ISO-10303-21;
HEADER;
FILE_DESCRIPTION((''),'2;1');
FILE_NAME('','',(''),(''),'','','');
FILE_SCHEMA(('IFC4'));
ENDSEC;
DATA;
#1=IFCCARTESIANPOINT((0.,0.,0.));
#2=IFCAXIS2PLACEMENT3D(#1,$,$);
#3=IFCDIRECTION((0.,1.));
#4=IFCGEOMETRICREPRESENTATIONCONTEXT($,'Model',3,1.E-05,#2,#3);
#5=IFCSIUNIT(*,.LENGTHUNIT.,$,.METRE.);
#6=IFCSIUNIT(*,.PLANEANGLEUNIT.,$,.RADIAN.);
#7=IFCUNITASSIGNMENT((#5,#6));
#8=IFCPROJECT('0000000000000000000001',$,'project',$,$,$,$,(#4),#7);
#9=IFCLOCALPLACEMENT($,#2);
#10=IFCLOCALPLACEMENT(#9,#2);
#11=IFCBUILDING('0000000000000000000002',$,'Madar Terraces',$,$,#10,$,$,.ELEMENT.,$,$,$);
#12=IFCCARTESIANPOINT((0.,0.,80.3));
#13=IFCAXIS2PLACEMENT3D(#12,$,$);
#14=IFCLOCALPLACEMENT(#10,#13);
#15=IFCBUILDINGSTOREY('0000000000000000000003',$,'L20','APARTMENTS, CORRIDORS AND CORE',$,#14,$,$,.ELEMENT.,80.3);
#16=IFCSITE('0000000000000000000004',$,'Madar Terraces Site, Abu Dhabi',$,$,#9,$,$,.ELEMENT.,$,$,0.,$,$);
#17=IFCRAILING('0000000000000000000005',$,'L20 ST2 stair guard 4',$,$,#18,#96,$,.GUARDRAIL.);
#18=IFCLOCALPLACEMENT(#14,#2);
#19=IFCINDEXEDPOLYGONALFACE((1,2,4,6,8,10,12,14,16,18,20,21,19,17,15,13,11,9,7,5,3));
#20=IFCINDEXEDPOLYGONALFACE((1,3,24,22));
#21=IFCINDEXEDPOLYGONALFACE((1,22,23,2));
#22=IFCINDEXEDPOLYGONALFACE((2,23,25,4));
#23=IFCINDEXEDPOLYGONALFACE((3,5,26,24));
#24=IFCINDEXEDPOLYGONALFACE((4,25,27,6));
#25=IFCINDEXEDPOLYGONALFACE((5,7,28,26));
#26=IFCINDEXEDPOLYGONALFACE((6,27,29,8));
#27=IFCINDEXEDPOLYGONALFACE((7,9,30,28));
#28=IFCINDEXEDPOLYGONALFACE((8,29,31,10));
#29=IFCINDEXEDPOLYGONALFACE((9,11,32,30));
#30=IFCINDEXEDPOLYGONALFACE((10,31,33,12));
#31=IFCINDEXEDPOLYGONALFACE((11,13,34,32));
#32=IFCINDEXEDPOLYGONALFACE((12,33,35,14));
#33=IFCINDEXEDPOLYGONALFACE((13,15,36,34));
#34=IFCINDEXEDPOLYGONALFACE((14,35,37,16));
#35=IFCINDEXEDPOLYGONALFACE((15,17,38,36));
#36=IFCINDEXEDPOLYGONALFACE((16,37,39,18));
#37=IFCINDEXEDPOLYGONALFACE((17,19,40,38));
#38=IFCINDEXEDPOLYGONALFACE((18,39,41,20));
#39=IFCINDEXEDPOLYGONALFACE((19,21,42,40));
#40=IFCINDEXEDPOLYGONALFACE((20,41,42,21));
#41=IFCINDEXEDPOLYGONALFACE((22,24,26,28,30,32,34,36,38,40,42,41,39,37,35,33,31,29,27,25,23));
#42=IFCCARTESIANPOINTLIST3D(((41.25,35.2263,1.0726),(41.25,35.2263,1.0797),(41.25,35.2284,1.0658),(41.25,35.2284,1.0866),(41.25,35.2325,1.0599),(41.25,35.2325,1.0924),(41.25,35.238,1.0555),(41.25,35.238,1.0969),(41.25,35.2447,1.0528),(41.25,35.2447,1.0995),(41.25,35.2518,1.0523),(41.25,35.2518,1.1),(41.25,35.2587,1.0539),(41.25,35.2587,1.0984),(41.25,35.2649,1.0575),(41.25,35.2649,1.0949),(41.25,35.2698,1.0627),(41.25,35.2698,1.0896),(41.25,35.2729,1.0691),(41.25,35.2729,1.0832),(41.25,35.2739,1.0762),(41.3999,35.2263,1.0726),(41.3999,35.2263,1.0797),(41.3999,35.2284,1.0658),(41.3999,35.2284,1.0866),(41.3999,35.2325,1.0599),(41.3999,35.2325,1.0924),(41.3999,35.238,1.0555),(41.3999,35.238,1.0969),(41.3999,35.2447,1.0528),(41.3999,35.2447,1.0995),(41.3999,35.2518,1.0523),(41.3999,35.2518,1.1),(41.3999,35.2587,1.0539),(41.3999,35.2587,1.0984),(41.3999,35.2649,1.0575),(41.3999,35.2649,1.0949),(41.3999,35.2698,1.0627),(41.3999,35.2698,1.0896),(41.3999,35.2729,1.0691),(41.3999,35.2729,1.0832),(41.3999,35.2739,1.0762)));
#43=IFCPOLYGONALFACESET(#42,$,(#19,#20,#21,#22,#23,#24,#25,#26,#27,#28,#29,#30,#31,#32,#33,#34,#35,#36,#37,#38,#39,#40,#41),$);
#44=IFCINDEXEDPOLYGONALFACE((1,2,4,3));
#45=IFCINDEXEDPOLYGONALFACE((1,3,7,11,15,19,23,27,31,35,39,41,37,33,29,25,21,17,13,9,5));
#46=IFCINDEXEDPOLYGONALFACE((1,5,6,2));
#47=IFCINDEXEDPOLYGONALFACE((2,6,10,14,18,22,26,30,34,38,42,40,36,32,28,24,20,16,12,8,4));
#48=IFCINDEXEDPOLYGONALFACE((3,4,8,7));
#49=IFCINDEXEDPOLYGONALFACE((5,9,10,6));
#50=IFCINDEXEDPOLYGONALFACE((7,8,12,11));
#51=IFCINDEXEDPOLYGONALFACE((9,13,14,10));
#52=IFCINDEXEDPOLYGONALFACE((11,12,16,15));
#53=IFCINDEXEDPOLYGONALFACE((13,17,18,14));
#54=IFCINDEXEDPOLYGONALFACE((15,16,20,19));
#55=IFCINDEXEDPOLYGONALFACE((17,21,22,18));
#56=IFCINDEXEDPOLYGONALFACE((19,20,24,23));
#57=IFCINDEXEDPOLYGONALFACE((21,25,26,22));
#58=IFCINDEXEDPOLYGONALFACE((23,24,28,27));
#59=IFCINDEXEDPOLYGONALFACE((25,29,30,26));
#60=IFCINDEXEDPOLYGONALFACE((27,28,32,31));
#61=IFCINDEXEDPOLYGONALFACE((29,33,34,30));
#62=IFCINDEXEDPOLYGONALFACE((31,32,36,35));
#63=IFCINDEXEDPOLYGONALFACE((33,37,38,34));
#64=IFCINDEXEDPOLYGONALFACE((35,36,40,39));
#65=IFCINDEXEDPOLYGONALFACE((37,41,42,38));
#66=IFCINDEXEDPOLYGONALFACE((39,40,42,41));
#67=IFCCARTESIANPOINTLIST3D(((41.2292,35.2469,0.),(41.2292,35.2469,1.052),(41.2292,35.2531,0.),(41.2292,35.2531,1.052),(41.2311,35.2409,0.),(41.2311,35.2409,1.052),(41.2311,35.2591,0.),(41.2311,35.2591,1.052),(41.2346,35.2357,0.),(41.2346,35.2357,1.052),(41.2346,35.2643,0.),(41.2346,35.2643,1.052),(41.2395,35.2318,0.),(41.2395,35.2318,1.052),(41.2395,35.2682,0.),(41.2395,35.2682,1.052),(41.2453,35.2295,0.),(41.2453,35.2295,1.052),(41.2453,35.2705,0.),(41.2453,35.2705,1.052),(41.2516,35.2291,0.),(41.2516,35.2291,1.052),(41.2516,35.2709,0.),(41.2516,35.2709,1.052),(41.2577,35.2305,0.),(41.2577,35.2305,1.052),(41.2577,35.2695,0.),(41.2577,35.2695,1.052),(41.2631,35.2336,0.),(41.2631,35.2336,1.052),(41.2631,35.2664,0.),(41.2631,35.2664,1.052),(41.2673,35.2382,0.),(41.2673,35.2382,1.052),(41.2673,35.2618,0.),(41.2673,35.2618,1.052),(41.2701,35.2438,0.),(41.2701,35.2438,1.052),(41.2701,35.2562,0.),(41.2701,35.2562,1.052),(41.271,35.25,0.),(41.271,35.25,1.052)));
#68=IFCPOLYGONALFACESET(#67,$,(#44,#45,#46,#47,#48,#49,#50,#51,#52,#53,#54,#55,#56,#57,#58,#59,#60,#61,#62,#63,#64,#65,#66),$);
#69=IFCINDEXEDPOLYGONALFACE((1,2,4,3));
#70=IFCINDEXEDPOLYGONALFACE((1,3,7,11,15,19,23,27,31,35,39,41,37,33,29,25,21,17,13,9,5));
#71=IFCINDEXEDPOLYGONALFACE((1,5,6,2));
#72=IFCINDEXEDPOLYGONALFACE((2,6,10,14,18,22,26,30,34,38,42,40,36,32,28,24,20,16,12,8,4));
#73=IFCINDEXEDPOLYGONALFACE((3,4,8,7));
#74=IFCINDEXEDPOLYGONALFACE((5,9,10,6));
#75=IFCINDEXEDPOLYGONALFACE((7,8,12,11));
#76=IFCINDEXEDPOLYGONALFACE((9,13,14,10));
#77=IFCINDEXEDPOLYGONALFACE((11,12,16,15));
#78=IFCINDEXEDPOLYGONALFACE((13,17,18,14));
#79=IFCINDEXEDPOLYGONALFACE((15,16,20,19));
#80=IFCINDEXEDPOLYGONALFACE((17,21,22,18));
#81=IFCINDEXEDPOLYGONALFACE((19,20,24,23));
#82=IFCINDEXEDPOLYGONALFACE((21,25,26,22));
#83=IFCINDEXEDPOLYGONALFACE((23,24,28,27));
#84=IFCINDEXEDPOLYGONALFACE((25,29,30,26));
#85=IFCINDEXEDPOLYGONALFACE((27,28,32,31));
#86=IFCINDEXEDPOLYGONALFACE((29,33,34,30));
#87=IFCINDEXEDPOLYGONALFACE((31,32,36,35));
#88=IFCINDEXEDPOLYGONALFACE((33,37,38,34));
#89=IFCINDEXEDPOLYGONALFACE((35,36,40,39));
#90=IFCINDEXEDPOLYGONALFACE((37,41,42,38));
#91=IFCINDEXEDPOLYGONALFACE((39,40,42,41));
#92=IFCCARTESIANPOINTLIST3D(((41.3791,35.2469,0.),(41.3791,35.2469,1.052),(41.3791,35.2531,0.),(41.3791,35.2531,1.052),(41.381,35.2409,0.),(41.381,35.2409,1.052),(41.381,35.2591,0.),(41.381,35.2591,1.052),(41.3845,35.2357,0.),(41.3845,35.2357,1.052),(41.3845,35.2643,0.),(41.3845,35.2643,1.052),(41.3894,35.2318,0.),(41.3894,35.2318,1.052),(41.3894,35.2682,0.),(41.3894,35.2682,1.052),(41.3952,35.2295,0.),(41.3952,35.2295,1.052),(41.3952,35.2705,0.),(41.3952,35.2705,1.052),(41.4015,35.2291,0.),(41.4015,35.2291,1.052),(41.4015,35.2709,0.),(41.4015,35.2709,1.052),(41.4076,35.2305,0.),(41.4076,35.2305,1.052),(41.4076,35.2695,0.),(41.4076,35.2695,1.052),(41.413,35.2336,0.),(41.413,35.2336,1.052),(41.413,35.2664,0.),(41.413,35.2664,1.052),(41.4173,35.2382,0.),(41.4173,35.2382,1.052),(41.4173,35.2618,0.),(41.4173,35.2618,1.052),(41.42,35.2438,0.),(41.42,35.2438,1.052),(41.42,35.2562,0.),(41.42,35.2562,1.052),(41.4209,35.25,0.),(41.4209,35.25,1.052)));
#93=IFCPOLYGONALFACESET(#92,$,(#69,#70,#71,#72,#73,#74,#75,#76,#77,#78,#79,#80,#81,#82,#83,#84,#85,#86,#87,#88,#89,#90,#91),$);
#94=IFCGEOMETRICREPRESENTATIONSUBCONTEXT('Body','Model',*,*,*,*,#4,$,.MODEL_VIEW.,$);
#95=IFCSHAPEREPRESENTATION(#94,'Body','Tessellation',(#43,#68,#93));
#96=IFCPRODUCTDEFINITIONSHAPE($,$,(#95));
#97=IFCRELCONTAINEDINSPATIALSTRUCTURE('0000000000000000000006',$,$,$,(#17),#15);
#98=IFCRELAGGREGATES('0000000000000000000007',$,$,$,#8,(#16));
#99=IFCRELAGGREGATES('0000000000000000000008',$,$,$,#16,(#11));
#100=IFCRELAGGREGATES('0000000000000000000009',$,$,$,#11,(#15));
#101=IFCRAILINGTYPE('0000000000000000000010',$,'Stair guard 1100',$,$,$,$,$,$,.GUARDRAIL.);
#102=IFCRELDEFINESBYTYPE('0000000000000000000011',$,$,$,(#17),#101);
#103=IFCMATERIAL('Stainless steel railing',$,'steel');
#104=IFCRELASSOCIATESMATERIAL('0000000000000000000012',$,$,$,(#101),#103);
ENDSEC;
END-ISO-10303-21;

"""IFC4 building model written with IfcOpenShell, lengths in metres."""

from ifc_helpers import new_model, si_unit, direction, frame, origin, origin_2d, place, context, subcontext, project, spatial, circle, extrude, material, type_object, element, save


model = new_model("IFC4")

# Units and contexts
model_context = context("Model", 3, precision=1e-05, world=origin(), true_north=direction((0.0, 1.0)))
body_context = subcontext(model_context, "Body", "Model", "MODEL_VIEW")
ifc_project = project(units=[si_unit("LENGTHUNIT", "METRE"), si_unit("PLANEANGLEUNIT", "RADIAN")], contexts=[model_context])

# Site, building, storey
site_placement = place(None, origin())
site = spatial("IfcSite", under=ifc_project, at=site_placement, Name="Madar Terraces Site, Abu Dhabi", CompositionType="ELEMENT", RefElevation=0.0)
building_placement = place(site_placement, origin())
building = spatial("IfcBuilding", under=site, at=building_placement, Name="Madar Terraces", CompositionType="ELEMENT")
storey_placement = place(building_placement, frame((0.0, 0.0, 80.3)))
storey = spatial("IfcBuildingStorey", under=building, at=storey_placement, Name="L20", Description="APARTMENTS, CORRIDORS AND CORE", CompositionType="ELEMENT", Elevation=80.3)

# Railing
ifc_material_1 = material(Name="Stainless steel railing", Category="steel")
railing_type_1 = type_object("IfcRailingType", Name="Stair guard 1100", PredefinedType="GUARDRAIL", material=ifc_material_1)
railing_1_placement = place(storey_placement, frame((41.25, 35.25, 0.0)))
element("IfcRailing", 1, at=railing_1_placement, inside=storey, type_object=railing_type_1, Name="L20 ST2 stair guard 4", PredefinedType="GUARDRAIL", context=body_context, shape_type="SweptSolid", body=[
    extrude(circle(Radius=0.0239, at=origin_2d()), frame((0.0, 0.0, 1.0762), z_axis=(1.0, 0.0, 0.0), x_axis=(0.0, 1.0, 0.0)), (0.0, 0.0, 1.0), 0.1499),
    extrude(circle(Radius=0.021, at=origin_2d()), origin(), (0.0, 0.0, 1.0), 1.052),
    extrude(circle(Radius=0.021, at=origin_2d()), frame((0.1499, 0.0, 0.0)), (0.0, 0.0, 1.0), 1.052),
])

save(model, "model.ifc")
